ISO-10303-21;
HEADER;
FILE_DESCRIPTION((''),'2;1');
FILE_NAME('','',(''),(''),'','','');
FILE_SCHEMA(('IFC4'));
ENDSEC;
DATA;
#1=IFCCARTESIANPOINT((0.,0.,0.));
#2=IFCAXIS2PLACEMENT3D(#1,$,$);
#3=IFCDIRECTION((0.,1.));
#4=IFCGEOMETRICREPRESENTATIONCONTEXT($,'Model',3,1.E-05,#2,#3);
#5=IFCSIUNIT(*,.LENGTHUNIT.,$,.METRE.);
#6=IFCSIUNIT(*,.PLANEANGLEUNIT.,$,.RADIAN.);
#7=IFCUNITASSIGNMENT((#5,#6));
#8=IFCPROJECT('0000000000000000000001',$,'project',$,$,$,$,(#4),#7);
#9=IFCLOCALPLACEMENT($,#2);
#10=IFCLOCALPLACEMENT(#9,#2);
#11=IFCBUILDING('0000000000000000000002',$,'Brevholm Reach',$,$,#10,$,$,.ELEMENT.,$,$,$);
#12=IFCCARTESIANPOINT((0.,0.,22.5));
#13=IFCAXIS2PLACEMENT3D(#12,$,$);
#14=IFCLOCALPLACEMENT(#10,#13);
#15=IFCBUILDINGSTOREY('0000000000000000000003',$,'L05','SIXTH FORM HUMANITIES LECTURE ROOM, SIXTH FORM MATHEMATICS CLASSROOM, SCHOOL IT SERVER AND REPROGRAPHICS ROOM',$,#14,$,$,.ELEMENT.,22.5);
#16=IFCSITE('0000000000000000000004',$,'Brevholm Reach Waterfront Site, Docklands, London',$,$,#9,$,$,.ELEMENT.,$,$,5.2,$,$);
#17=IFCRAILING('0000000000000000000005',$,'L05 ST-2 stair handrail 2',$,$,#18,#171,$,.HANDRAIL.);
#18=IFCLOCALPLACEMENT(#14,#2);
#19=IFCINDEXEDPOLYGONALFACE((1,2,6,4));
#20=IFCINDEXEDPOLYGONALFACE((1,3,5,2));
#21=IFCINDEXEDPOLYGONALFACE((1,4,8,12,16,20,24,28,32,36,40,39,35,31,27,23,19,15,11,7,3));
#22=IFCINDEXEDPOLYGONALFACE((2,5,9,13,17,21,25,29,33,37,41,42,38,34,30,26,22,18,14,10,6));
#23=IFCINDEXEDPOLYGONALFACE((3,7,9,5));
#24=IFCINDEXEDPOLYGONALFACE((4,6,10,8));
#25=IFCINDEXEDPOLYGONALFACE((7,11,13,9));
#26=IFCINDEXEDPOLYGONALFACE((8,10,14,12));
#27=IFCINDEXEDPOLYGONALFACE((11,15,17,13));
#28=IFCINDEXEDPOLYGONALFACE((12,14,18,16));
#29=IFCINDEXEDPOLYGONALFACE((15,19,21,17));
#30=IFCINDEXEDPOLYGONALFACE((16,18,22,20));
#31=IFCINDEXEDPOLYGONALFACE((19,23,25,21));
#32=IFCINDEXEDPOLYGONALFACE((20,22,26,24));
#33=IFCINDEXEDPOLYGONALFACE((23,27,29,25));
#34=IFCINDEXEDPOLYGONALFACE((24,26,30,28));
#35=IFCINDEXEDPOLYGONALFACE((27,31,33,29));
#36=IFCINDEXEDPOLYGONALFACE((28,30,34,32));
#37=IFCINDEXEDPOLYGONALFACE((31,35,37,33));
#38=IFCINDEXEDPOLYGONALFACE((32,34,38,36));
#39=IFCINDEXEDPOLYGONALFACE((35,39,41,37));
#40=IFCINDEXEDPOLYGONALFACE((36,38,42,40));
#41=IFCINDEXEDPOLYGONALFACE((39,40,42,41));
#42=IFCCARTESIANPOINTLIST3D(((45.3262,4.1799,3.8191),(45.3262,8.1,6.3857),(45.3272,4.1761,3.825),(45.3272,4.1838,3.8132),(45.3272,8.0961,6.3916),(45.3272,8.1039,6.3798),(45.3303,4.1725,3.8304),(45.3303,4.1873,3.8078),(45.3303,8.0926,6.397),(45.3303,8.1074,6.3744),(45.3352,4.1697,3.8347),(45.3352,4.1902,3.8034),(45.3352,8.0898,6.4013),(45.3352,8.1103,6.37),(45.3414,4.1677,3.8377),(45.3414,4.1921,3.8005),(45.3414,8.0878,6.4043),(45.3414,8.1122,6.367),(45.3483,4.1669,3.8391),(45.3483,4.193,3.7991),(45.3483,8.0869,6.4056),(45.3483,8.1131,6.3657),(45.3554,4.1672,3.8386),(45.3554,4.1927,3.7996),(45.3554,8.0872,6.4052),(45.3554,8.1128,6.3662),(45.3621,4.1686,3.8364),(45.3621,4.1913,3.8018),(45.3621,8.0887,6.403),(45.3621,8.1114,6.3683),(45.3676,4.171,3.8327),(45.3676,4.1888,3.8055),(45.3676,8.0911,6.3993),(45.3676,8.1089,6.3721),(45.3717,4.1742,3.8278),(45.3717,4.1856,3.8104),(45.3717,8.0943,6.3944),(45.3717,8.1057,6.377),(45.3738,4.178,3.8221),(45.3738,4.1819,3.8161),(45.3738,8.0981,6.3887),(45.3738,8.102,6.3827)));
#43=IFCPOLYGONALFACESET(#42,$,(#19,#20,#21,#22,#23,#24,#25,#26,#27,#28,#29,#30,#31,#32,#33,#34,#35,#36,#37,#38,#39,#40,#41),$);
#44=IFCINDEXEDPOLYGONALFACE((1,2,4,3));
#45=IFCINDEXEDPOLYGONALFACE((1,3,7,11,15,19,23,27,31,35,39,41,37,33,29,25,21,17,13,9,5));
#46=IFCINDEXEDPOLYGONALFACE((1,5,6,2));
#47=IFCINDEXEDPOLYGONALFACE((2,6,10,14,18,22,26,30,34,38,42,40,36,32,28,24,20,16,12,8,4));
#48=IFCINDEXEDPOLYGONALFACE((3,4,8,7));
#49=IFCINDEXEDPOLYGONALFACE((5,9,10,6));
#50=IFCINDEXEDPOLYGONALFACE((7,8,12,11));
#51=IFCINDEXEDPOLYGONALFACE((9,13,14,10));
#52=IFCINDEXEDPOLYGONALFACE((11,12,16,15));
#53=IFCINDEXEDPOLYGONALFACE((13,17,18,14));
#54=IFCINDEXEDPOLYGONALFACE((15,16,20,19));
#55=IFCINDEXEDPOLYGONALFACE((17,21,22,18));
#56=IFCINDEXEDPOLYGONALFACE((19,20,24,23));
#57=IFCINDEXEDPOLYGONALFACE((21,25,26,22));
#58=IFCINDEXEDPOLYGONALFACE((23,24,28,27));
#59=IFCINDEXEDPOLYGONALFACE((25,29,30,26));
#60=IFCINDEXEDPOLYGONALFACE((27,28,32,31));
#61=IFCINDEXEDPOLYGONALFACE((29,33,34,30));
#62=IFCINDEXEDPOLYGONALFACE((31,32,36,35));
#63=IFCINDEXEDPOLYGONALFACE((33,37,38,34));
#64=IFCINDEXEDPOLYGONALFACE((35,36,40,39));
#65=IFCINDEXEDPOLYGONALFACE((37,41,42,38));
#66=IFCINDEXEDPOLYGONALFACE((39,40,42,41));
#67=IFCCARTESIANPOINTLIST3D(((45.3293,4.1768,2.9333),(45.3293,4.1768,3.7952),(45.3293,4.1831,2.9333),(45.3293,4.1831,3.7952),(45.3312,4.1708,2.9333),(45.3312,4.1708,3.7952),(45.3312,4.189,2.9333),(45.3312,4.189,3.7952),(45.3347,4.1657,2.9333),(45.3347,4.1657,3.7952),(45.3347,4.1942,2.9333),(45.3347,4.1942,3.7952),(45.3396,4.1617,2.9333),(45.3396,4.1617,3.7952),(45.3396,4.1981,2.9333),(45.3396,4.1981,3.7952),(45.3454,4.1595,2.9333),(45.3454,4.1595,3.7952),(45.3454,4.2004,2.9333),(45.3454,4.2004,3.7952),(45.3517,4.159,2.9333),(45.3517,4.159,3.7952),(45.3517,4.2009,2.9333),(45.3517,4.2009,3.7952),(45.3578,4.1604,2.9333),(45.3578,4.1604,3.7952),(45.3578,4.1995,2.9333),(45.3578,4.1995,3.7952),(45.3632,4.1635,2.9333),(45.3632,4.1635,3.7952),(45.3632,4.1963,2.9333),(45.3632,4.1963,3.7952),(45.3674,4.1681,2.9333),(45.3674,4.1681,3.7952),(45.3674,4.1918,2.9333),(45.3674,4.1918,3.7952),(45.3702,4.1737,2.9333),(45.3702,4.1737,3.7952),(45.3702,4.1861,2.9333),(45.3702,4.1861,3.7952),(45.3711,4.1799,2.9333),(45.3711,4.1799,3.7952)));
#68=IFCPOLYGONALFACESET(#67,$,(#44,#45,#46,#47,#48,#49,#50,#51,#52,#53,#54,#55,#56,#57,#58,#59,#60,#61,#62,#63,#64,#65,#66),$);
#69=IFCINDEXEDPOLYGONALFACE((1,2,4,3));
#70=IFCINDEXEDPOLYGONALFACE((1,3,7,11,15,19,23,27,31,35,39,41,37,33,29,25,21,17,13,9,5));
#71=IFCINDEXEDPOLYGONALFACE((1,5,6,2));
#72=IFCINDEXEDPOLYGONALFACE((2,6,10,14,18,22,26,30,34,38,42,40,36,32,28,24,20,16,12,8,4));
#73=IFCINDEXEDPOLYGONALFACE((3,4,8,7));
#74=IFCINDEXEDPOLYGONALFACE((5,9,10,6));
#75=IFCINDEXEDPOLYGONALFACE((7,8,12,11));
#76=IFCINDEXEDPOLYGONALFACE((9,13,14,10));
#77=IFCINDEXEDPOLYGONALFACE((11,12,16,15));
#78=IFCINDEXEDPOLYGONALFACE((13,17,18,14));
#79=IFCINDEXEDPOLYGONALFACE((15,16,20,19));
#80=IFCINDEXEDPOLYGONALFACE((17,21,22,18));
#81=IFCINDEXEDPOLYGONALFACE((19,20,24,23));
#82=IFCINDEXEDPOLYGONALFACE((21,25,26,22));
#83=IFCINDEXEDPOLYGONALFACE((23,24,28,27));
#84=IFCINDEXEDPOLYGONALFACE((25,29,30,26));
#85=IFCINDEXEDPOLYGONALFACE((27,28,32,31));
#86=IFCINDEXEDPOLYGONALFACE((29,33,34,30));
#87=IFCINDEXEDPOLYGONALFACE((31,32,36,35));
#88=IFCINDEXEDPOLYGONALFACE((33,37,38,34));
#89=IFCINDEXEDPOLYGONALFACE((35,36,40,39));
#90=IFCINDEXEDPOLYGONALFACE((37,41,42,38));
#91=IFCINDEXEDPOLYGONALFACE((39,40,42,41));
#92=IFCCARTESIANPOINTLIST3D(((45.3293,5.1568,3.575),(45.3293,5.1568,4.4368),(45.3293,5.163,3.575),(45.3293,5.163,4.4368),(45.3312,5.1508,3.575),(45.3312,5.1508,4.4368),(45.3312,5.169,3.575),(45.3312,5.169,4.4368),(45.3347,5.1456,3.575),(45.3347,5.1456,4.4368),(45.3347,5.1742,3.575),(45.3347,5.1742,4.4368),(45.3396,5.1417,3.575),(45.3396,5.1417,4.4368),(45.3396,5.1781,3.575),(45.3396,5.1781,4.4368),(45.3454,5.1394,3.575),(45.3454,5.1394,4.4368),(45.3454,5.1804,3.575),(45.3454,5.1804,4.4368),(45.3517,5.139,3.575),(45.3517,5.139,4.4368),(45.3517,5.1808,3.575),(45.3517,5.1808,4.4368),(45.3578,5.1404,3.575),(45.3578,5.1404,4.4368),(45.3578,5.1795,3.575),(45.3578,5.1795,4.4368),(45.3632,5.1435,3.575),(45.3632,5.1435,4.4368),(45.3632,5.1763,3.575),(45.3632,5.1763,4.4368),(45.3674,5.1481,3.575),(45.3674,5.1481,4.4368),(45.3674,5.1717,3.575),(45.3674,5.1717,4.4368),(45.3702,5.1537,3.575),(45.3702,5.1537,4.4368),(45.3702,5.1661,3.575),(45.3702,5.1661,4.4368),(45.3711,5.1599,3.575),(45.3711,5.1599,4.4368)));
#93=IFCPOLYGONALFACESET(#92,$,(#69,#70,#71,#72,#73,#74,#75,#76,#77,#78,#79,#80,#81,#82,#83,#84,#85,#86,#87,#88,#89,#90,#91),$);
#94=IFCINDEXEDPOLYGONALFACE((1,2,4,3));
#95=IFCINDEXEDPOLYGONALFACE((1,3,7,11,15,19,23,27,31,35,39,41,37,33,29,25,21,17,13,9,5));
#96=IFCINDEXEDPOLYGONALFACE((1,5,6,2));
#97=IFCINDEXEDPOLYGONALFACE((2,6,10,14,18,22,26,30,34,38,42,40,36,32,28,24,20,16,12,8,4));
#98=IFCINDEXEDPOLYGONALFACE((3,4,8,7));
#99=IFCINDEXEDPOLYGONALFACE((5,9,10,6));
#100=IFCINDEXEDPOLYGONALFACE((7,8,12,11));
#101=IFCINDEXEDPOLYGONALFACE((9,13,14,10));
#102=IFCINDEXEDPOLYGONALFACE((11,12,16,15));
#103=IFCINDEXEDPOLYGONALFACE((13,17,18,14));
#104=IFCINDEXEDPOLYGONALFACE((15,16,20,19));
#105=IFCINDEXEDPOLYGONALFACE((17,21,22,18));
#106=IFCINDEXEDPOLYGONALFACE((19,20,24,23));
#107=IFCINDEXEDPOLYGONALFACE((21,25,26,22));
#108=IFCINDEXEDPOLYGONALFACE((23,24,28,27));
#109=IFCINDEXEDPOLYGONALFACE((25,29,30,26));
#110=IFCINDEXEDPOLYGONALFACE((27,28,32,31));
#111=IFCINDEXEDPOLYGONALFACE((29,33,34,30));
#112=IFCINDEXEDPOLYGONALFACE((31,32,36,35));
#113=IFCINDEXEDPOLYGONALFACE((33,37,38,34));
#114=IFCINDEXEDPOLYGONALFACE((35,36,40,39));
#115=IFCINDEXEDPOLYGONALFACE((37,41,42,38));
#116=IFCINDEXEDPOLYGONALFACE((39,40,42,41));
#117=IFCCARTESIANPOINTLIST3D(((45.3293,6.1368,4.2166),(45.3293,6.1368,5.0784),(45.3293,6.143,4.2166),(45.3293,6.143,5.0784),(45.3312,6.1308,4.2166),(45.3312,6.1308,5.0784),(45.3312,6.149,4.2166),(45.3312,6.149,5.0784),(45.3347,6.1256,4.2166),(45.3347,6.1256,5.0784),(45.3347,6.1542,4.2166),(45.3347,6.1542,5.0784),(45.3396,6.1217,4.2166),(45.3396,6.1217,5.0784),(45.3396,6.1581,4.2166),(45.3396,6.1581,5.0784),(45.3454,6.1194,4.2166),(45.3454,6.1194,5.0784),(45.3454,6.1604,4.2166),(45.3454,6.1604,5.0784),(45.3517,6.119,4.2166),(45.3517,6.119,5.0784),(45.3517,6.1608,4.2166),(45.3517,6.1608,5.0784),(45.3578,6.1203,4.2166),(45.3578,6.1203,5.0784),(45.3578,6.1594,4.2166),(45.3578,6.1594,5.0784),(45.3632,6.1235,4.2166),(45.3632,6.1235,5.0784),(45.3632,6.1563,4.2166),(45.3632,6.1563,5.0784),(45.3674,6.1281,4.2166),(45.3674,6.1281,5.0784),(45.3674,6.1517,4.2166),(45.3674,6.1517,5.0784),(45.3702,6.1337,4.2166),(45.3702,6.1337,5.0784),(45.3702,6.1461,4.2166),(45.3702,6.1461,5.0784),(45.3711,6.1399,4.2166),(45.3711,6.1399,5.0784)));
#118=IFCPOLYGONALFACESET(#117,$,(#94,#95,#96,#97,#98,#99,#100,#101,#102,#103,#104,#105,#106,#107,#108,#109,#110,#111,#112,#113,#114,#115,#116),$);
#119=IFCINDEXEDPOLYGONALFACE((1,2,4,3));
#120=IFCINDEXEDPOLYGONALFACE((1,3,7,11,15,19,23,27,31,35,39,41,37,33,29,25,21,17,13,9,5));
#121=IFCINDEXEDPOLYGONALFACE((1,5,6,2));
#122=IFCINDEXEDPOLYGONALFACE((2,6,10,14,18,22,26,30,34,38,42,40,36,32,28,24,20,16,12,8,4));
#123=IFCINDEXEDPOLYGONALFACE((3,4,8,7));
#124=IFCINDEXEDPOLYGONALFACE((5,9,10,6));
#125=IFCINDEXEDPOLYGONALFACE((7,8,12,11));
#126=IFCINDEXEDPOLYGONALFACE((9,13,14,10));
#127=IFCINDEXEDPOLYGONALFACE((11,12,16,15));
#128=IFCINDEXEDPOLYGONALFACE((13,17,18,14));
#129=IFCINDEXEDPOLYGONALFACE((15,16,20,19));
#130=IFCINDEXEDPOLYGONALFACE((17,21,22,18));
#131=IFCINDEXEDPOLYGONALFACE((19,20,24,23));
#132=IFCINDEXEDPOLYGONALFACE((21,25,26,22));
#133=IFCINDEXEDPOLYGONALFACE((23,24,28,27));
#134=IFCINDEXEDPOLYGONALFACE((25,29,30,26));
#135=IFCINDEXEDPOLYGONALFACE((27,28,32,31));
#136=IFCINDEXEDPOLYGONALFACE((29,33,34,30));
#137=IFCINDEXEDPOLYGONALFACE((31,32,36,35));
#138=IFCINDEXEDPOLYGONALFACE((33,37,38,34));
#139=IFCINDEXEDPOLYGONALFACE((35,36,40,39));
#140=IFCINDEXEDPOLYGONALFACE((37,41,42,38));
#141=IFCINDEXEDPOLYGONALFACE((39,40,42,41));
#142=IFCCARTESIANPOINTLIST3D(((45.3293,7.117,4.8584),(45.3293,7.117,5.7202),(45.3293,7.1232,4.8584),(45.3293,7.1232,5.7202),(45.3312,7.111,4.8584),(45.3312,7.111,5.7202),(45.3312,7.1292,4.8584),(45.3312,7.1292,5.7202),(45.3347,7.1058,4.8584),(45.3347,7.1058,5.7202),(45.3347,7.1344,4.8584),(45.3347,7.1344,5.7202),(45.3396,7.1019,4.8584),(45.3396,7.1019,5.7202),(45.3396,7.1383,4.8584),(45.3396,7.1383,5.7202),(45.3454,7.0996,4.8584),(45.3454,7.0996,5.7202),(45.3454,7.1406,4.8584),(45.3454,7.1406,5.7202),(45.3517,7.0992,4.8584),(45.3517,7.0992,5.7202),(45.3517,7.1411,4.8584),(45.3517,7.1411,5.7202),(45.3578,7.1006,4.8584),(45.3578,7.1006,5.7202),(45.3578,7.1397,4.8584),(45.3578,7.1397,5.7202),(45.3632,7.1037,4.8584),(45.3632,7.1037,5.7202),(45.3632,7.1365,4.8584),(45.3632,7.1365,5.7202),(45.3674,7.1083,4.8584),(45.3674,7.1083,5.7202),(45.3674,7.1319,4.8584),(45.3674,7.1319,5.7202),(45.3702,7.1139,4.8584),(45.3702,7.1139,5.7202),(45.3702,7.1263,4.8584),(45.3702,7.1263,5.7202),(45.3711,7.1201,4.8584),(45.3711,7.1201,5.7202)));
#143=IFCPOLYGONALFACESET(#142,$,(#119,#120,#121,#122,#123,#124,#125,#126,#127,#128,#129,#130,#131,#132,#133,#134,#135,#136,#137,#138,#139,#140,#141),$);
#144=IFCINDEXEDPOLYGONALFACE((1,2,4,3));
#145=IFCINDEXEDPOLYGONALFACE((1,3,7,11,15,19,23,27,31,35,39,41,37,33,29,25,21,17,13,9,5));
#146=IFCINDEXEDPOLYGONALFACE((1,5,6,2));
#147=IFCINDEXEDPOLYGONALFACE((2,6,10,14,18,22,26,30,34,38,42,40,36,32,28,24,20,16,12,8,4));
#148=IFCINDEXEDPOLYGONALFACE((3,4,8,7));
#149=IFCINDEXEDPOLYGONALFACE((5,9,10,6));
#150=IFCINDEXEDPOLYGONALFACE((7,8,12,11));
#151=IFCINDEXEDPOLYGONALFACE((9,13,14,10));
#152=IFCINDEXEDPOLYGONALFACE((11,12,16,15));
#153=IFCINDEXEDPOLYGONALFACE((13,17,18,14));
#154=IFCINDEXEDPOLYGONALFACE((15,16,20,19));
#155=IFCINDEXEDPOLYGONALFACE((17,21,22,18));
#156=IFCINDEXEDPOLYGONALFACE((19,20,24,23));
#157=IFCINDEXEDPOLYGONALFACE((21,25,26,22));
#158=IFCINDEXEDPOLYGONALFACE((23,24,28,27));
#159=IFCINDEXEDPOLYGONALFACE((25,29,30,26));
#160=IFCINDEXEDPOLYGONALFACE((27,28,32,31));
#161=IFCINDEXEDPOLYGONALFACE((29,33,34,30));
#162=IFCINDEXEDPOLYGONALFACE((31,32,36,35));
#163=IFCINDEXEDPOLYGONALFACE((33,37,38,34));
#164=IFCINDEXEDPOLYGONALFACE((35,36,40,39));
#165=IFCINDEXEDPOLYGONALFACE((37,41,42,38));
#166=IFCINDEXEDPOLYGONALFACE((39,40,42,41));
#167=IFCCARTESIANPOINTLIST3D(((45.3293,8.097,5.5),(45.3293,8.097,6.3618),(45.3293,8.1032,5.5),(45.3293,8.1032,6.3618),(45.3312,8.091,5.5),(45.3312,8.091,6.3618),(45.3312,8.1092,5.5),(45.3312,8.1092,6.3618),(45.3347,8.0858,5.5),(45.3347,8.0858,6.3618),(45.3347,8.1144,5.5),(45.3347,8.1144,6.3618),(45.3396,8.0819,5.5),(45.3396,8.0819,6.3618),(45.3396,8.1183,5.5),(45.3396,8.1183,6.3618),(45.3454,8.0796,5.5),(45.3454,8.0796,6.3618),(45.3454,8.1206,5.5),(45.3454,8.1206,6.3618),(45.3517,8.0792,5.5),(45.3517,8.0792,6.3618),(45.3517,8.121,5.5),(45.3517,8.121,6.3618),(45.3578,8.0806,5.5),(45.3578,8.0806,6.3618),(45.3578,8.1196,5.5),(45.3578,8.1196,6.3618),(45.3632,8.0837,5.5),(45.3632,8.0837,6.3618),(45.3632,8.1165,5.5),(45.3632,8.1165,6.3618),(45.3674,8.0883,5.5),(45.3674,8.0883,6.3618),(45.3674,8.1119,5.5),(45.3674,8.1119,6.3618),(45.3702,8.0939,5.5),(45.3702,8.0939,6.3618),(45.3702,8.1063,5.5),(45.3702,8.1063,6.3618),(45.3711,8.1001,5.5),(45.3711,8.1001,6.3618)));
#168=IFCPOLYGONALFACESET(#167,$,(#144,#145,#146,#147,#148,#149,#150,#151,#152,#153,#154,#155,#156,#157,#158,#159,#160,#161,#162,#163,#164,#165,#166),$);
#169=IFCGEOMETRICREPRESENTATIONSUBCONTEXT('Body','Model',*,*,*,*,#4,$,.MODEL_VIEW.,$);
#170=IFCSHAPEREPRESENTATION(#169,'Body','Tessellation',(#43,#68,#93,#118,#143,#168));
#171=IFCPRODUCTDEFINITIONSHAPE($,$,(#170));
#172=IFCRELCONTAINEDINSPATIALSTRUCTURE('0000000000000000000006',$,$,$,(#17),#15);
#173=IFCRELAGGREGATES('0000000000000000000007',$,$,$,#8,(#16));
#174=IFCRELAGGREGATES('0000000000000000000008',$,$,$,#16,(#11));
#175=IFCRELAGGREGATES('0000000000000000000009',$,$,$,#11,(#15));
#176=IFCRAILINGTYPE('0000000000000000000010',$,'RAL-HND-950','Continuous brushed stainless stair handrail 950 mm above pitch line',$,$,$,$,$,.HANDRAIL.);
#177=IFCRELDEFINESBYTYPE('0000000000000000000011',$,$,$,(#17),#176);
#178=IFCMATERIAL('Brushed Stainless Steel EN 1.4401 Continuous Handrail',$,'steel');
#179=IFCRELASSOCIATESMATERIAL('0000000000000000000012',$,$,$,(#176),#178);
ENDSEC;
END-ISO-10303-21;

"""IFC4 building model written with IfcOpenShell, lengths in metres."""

from ifc_helpers import new_model, si_unit, direction, frame, origin, origin_2d, place, context, subcontext, project, spatial, circle, extrude, material, type_object, element, save


model = new_model("IFC4")

# Units and contexts
model_context = context("Model", 3, precision=1e-05, world=origin(), true_north=direction((0.0, 1.0)))
body_context = subcontext(model_context, "Body", "Model", "MODEL_VIEW")
ifc_project = project(units=[si_unit("LENGTHUNIT", "METRE"), si_unit("PLANEANGLEUNIT", "RADIAN")], contexts=[model_context])

# Site, building, storey
site_placement = place(None, origin())
site = spatial("IfcSite", under=ifc_project, at=site_placement, Name="Brevholm Reach Waterfront Site, Docklands, London", CompositionType="ELEMENT", RefElevation=5.2)
building_placement = place(site_placement, origin())
building = spatial("IfcBuilding", under=site, at=building_placement, Name="Brevholm Reach", CompositionType="ELEMENT")
storey_placement = place(building_placement, frame((0.0, 0.0, 22.5)))
storey = spatial("IfcBuildingStorey", under=building, at=storey_placement, Name="L05", Description="SIXTH FORM HUMANITIES LECTURE ROOM, SIXTH FORM MATHEMATICS CLASSROOM, SCHOOL IT SERVER AND REPROGRAPHICS ROOM", CompositionType="ELEMENT", Elevation=22.5)

# Railing
ifc_material_1 = material(Name="Brushed Stainless Steel EN 1.4401 Continuous Handrail", Category="steel")
railing_type_1 = type_object("IfcRailingType", Name="RAL-HND-950", Description="Continuous brushed stainless stair handrail 950 mm above pitch line", PredefinedType="HANDRAIL", material=ifc_material_1)
railing_1_placement = place(storey_placement, frame((45.3501, 4.1799, 2.9333)))
element("IfcRailing", 1, at=railing_1_placement, inside=storey, type_object=railing_type_1, Name="L05 ST-2 stair handrail 2", PredefinedType="HANDRAIL", context=body_context, shape_type="SweptSolid", body=[
    extrude(circle(Radius=0.0239, at=origin_2d()), frame((0.0, 0.0, 0.8857), z_axis=(0.0, 0.836631, 0.547767), x_axis=(-1.0, 0.0, 0.0)), (0.0, 0.0, 1.0), 4.6855),
    extrude(circle(Radius=0.021, at=origin_2d()), origin(), (0.0, 0.0, 1.0), 0.8618),
    extrude(circle(Radius=0.021, at=origin_2d()), frame((0.0, 0.98, 0.6416)), (0.0, 0.0, 1.0), 0.8618),
    extrude(circle(Radius=0.021, at=origin_2d()), frame((0.0, 1.96, 1.2832)), (0.0, 0.0, 1.0), 0.8618),
    extrude(circle(Radius=0.021, at=origin_2d()), frame((0.0, 2.9402, 1.925)), (0.0, 0.0, 1.0), 0.8618),
    extrude(circle(Radius=0.021, at=origin_2d()), frame((0.0, 3.9202, 2.5667)), (0.0, 0.0, 1.0), 0.8618),
])

save(model, "model.ifc")
